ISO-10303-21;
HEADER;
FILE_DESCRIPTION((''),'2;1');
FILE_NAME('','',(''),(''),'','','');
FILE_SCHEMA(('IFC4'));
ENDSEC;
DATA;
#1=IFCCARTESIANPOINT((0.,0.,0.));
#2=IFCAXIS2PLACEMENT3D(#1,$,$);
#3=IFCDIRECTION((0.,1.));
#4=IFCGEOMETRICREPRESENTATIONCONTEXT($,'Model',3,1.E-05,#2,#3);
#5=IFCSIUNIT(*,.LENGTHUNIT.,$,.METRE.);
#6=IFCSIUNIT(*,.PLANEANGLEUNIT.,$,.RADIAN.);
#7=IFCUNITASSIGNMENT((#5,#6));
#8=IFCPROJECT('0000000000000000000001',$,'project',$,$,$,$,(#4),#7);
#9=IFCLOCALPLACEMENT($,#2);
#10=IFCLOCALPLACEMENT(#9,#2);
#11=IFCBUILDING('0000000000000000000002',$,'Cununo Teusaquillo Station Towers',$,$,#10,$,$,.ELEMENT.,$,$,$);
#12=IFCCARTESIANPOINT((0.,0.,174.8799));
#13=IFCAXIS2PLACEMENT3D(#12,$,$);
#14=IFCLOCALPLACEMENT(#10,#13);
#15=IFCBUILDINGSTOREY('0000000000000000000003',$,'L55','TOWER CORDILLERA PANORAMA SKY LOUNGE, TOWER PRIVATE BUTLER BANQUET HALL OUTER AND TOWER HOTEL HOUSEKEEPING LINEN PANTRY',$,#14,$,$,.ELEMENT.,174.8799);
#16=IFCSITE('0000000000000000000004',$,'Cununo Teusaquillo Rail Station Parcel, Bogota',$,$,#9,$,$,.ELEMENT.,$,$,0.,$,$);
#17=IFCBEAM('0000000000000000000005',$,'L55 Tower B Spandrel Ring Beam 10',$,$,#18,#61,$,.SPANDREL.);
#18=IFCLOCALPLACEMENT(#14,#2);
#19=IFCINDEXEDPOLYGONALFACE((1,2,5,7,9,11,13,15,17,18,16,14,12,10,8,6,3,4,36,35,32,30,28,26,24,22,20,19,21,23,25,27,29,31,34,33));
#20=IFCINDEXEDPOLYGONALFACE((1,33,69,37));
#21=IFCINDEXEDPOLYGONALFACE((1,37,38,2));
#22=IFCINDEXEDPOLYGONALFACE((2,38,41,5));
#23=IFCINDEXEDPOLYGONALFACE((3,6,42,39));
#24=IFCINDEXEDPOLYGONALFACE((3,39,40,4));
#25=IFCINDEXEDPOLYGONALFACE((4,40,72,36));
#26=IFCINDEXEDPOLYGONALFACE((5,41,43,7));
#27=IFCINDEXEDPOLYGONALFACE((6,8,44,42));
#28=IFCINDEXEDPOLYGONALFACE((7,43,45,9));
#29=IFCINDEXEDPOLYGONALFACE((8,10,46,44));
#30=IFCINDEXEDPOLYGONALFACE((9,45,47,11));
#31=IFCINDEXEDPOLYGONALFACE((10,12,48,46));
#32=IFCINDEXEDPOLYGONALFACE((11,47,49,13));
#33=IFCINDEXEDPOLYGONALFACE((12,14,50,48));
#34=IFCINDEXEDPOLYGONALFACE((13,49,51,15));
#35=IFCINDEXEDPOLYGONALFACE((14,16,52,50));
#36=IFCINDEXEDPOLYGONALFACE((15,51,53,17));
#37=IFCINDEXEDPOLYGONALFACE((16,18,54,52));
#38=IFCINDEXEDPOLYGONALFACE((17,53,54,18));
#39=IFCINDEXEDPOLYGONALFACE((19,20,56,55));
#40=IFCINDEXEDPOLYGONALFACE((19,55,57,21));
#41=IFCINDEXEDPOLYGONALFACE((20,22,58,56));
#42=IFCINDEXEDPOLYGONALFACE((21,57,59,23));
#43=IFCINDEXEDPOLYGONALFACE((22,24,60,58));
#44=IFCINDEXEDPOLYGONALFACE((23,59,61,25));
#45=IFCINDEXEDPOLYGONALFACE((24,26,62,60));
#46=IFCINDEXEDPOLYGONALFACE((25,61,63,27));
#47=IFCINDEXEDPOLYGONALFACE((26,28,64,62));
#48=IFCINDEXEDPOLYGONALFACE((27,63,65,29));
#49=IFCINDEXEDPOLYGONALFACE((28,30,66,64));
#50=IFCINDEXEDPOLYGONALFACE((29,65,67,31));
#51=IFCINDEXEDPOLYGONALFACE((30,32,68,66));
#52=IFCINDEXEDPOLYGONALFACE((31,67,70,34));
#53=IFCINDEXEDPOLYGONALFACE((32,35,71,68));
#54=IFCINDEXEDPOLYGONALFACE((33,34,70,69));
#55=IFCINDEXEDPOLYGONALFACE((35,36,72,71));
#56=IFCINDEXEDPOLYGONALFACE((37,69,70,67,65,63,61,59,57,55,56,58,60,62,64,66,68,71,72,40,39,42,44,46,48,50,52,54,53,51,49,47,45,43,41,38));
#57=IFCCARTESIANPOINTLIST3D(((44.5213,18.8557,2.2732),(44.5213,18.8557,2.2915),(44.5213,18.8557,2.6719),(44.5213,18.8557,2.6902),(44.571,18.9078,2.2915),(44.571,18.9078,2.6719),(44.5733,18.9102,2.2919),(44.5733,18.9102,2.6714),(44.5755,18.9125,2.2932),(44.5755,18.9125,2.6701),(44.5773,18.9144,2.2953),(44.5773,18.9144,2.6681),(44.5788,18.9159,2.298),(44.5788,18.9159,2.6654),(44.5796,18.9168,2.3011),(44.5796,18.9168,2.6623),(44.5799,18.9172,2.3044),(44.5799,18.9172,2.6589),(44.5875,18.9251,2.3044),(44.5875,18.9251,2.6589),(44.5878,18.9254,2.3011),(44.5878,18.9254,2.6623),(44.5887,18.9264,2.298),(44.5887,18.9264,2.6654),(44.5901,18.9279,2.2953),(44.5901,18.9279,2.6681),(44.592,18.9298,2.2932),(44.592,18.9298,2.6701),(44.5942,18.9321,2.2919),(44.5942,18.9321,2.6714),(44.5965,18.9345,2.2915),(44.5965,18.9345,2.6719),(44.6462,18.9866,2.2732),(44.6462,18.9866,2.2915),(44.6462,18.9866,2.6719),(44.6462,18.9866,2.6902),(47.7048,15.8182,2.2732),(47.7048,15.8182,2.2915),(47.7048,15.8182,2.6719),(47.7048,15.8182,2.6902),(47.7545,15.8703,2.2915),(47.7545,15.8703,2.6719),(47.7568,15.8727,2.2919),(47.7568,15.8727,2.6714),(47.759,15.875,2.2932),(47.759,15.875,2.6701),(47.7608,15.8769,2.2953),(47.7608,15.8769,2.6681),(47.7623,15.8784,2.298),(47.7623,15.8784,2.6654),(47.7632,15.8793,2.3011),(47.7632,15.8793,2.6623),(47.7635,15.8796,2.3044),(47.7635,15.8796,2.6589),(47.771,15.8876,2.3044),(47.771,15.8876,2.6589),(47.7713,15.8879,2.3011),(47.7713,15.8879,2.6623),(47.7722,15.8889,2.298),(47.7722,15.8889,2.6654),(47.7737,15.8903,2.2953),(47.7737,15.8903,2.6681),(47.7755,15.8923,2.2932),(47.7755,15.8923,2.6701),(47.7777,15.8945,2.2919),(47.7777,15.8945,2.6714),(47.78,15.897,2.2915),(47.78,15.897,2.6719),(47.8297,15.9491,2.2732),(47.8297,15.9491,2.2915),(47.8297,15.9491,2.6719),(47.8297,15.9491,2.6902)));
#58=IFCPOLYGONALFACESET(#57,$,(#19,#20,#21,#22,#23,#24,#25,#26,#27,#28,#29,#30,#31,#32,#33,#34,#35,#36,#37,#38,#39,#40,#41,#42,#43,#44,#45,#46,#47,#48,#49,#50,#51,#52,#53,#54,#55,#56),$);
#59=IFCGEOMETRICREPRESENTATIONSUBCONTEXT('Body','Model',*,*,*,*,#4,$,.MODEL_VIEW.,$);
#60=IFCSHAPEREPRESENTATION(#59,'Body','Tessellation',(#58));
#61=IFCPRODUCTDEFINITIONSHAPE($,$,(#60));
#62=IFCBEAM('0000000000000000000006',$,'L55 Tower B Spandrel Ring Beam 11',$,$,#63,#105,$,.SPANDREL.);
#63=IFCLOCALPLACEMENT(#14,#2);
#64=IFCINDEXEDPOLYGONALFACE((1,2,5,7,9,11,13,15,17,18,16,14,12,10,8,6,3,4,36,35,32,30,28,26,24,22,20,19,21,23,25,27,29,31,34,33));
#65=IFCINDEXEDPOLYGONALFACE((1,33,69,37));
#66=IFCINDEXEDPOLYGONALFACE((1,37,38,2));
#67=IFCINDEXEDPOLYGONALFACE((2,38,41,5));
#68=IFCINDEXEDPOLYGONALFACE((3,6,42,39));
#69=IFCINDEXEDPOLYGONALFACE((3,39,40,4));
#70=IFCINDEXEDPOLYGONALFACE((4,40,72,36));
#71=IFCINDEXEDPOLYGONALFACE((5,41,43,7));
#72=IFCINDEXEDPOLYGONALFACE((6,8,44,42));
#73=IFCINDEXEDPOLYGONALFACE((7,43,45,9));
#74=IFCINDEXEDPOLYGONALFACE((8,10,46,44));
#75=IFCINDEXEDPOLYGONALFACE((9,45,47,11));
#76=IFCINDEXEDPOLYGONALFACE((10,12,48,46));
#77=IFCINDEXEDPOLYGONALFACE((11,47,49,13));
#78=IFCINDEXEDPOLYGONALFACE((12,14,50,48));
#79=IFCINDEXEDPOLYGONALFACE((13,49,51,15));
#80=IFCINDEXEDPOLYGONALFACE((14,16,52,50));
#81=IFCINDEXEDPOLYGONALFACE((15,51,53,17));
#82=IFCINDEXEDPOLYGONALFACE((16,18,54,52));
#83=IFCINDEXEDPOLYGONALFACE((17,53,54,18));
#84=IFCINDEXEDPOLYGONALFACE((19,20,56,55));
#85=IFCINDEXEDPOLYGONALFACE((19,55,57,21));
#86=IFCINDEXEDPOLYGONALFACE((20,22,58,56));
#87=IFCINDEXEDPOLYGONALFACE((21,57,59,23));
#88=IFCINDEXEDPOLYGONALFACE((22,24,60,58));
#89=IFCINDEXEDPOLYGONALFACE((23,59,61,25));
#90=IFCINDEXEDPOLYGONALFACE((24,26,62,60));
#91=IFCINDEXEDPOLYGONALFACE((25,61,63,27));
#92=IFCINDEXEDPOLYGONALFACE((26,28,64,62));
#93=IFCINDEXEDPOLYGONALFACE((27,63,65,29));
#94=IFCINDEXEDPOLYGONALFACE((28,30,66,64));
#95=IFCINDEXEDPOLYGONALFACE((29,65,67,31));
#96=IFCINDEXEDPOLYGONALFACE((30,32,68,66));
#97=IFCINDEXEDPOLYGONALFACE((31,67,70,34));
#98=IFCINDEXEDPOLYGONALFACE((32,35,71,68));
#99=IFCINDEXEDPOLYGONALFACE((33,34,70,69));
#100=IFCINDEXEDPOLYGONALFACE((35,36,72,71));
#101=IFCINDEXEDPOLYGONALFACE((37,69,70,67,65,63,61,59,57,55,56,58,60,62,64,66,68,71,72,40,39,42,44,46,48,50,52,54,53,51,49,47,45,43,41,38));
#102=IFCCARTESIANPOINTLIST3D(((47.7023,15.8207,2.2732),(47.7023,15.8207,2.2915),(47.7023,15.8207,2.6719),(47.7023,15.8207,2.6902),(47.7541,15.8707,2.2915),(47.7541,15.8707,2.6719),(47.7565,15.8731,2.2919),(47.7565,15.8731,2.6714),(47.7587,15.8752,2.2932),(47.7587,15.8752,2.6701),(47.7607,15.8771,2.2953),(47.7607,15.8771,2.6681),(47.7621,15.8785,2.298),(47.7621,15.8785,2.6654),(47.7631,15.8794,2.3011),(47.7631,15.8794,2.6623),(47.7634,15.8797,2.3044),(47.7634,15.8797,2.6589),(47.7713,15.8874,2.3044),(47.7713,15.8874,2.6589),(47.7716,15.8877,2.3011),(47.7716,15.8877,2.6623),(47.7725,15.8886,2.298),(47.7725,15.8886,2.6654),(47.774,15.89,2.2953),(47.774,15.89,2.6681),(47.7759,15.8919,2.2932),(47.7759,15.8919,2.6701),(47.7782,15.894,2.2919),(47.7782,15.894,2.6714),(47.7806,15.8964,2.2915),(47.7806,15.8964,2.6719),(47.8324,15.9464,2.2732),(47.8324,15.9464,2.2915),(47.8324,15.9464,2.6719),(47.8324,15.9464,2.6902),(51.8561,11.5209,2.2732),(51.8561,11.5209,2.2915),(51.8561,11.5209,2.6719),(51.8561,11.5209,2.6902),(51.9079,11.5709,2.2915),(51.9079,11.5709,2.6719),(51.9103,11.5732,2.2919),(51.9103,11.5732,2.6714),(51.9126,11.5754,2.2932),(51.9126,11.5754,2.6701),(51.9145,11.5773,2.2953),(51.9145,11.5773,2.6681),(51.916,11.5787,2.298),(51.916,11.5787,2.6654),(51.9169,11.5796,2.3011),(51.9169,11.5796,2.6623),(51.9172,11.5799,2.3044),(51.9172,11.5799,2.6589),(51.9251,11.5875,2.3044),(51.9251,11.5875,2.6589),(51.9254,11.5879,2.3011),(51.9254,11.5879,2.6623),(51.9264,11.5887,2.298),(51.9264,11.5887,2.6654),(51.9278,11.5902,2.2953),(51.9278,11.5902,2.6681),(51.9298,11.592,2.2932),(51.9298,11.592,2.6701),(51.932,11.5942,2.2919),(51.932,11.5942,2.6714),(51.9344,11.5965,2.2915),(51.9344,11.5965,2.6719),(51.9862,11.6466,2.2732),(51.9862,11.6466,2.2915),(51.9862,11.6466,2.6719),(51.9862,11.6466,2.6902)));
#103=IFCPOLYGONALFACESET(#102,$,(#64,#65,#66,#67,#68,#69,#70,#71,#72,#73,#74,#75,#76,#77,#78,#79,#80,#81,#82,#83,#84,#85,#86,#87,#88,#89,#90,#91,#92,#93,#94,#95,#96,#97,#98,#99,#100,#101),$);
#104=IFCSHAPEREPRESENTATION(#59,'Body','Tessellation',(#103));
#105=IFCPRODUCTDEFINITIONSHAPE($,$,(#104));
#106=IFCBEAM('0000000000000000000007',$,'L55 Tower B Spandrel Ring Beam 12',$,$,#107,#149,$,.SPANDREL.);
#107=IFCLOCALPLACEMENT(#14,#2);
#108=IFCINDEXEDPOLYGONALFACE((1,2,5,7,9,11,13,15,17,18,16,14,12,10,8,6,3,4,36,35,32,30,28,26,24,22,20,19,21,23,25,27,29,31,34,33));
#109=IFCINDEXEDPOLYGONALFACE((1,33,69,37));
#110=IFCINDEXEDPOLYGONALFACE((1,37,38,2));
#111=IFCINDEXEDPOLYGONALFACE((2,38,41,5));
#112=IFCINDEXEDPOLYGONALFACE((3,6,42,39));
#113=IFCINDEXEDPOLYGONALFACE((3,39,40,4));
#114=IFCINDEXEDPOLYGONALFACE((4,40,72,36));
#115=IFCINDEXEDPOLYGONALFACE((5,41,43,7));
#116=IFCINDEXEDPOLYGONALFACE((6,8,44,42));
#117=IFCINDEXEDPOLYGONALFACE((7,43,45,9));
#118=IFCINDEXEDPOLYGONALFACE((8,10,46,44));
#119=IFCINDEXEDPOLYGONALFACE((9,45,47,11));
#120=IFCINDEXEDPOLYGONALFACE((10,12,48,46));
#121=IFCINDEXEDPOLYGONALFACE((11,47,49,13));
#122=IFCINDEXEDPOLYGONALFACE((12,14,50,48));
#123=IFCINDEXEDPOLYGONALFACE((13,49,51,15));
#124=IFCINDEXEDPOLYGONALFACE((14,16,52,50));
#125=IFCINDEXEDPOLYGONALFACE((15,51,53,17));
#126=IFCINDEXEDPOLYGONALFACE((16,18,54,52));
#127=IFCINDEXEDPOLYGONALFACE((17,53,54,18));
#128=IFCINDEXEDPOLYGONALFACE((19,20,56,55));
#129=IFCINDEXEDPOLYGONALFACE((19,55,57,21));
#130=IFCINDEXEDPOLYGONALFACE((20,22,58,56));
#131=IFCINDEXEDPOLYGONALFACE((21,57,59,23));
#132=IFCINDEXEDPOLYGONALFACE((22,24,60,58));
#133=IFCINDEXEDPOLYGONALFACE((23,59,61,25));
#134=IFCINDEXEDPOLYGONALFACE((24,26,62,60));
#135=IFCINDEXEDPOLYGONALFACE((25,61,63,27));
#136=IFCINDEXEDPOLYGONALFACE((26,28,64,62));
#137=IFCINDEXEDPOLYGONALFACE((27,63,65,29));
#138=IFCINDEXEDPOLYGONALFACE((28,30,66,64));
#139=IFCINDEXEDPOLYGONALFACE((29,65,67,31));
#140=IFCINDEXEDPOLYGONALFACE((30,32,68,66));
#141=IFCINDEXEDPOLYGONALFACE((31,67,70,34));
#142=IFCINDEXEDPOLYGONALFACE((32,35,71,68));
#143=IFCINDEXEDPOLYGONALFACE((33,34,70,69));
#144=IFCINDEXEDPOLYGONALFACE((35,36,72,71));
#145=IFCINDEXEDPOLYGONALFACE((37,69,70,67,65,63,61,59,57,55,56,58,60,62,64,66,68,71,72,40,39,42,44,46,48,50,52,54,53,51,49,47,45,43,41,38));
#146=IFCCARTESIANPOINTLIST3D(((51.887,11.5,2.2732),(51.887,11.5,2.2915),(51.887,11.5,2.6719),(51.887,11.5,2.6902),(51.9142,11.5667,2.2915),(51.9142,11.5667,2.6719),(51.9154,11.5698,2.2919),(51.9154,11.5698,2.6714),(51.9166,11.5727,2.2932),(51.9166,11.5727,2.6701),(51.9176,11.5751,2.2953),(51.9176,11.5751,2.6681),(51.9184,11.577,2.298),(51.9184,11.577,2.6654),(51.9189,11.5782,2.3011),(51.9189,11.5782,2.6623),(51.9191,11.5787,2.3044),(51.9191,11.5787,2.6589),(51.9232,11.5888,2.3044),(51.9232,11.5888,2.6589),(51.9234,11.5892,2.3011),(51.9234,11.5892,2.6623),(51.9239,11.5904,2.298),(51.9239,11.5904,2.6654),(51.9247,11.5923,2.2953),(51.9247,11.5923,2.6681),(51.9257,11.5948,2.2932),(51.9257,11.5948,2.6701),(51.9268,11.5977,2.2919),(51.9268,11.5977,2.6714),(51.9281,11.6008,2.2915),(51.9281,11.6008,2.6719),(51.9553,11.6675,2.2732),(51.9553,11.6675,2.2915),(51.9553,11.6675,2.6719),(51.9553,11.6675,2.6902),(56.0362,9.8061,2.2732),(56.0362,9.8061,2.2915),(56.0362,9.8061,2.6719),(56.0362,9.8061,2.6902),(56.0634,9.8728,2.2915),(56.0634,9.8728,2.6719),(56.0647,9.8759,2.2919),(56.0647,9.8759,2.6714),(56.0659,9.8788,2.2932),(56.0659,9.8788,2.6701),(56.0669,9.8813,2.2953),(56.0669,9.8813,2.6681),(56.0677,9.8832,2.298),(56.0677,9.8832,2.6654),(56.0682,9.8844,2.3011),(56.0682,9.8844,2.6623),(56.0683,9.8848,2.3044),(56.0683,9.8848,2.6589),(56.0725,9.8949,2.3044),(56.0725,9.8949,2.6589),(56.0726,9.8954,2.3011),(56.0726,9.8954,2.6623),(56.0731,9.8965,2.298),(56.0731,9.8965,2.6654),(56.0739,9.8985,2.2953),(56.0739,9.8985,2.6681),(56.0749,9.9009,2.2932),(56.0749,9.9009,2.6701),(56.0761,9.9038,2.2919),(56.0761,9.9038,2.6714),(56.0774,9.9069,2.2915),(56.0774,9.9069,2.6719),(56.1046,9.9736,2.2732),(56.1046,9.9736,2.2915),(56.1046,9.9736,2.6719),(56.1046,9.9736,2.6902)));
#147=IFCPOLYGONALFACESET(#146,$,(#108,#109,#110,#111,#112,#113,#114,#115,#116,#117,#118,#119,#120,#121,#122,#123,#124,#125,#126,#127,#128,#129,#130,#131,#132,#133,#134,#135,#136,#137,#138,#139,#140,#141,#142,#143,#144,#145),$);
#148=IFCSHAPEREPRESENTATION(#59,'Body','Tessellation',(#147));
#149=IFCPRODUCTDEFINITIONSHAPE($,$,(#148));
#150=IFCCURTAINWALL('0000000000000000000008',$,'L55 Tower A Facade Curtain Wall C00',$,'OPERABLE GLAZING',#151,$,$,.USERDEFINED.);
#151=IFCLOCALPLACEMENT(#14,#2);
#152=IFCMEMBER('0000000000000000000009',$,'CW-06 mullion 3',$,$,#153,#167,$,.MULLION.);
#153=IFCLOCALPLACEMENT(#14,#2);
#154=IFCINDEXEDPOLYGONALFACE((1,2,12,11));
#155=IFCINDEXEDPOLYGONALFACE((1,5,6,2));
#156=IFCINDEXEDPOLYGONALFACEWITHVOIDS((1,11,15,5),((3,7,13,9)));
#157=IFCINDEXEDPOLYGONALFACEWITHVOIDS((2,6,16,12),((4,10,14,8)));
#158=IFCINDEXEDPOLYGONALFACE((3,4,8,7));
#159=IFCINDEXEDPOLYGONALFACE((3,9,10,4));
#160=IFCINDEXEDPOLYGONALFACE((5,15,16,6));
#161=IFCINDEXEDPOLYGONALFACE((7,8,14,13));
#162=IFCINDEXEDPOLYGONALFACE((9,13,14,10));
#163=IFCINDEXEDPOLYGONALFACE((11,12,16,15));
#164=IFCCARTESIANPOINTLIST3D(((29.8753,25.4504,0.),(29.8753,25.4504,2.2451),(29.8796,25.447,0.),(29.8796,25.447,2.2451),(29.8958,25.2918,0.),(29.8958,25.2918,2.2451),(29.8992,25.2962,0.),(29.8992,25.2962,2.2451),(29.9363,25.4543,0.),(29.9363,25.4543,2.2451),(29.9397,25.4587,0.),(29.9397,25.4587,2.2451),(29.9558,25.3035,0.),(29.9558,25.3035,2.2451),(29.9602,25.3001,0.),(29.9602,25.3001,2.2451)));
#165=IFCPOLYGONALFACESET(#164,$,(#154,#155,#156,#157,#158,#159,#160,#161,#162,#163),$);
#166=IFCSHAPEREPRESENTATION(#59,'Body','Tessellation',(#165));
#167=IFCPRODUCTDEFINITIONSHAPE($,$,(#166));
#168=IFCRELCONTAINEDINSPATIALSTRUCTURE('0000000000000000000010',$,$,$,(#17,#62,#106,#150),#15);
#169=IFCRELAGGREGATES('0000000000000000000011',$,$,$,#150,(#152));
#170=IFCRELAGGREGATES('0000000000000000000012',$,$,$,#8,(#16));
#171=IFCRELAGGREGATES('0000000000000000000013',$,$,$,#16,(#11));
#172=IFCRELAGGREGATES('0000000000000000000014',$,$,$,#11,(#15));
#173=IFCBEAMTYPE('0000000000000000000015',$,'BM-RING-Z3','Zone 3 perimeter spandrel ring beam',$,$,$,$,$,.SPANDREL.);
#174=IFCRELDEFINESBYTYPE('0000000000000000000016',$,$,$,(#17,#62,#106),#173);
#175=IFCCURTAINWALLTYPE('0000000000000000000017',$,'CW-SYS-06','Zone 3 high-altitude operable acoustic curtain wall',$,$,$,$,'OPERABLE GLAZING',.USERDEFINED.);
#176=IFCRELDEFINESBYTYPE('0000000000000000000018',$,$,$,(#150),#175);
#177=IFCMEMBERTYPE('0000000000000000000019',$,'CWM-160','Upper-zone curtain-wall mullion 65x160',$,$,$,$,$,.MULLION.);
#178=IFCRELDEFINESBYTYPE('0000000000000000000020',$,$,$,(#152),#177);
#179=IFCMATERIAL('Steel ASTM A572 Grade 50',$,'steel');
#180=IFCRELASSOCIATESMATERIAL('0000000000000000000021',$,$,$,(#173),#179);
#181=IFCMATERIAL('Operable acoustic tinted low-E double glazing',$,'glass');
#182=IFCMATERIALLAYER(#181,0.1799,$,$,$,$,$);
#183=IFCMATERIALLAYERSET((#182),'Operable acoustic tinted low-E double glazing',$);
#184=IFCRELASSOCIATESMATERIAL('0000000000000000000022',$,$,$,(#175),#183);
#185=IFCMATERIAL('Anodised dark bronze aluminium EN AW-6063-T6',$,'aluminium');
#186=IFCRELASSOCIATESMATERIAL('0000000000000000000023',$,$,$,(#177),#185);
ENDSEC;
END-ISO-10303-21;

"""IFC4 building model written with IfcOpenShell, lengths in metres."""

from ifc_helpers import new_model, si_unit, direction, frame, origin, origin_2d, place, context, subcontext, project, spatial, hollow_rectangle, i_section, extrude, material, layer, layer_set, material_profile, profile_set, type_object, element, aggregate, save


model = new_model("IFC4")

# Units and contexts
model_context = context("Model", 3, precision=1e-05, world=origin(), true_north=direction((0.0, 1.0)))
body_context = subcontext(model_context, "Body", "Model", "MODEL_VIEW")
ifc_project = project(units=[si_unit("LENGTHUNIT", "METRE"), si_unit("PLANEANGLEUNIT", "RADIAN")], contexts=[model_context])

# Site, building, storey
site_placement = place(None, origin())
site = spatial("IfcSite", under=ifc_project, at=site_placement, Name="Cununo Teusaquillo Rail Station Parcel, Bogota", CompositionType="ELEMENT", RefElevation=0.0)
building_placement = place(site_placement, origin())
building = spatial("IfcBuilding", under=site, at=building_placement, Name="Cununo Teusaquillo Station Towers", CompositionType="ELEMENT")
storey_placement = place(building_placement, frame((0.0, 0.0, 174.8799)))
storey = spatial("IfcBuildingStorey", under=building, at=storey_placement, Name="L55", Description="TOWER CORDILLERA PANORAMA SKY LOUNGE, TOWER PRIVATE BUTLER BANQUET HALL OUTER AND TOWER HOTEL HOUSEKEEPING LINEN PANTRY", CompositionType="ELEMENT", Elevation=174.8799)

# Beams
ifc_material_1 = material(Name="Steel ASTM A572 Grade 50", Category="steel")
ifc_material_profile_1 = material_profile(ifc_material_1, i_section(OverallWidth=0.1809, OverallDepth=0.417, WebThickness=0.011, FlangeThickness=0.0183, FilletRadius=0.0129, at=origin_2d()), Name="W16X57")
ifc_profile_set_1 = profile_set([ifc_material_profile_1], Name="Steel ASTM A572 Grade 50")
beam_type_1 = type_object("IfcBeamType", Name="BM-RING-Z3", Description="Zone 3 perimeter spandrel ring beam", PredefinedType="SPANDREL", material=ifc_profile_set_1)
beam_1_placement = place(storey_placement, frame((44.5837, 18.9211, 2.4817), z_axis=(0.723502, -0.690323, 0.0), x_axis=(0.690323, 0.723502, 0.0)))
element("IfcBeam", 1, at=beam_1_placement, inside=storey, type_object=beam_type_1, Name="L55 Tower B Spandrel Ring Beam 10", PredefinedType="SPANDREL", context=body_context, shape_type="SweptSolid", body=[
    extrude(i_section(OverallWidth=0.1809, OverallDepth=0.417, WebThickness=0.011, FlangeThickness=0.0183, FilletRadius=0.0129, at=origin_2d()), origin(), (0.0, 0.0, 1.0), 4.4001),
])
beam_2_placement = place(storey_placement, frame((47.7673, 15.8835, 2.4817), z_axis=(0.694791, -0.719211, 0.0), x_axis=(0.719211, 0.694791, 0.0)))
element("IfcBeam", 2, at=beam_2_placement, inside=storey, type_object=beam_type_1, Name="L55 Tower B Spandrel Ring Beam 11", PredefinedType="SPANDREL", context=body_context, shape_type="SweptSolid", body=[
    extrude(i_section(OverallWidth=0.1809, OverallDepth=0.417, WebThickness=0.011, FlangeThickness=0.0183, FilletRadius=0.0129, at=origin_2d()), origin(), (0.0, 0.0, 1.0), 5.9785),
])
beam_3_placement = place(storey_placement, frame((51.9211, 11.5837, 2.4817), z_axis=(0.925824, -0.377956, 0.0), x_axis=(0.377956, 0.925824, 0.0)))
element("IfcBeam", 3, at=beam_3_placement, inside=storey, type_object=beam_type_1, Name="L55 Tower B Spandrel Ring Beam 12", PredefinedType="SPANDREL", context=body_context, shape_type="SweptSolid", body=[
    extrude(i_section(OverallWidth=0.1809, OverallDepth=0.417, WebThickness=0.011, FlangeThickness=0.0183, FilletRadius=0.0129, at=origin_2d()), origin(), (0.0, 0.0, 1.0), 4.4817),
])

# Curtain wall, member
ifc_material_2 = material(Name="Operable acoustic tinted low-E double glazing", Category="glass")
ifc_layer_1 = layer(ifc_material_2, 0.1799)
ifc_layer_set_1 = layer_set([ifc_layer_1], Name="Operable acoustic tinted low-E double glazing")
curtain_wall_type = type_object("IfcCurtainWallType", Name="CW-SYS-06", Description="Zone 3 high-altitude operable acoustic curtain wall", ElementType="OPERABLE GLAZING", PredefinedType="USERDEFINED", material=ifc_layer_set_1)
curtain_wall_placement = place(storey_placement, origin())
curtain_wall = element("IfcCurtainWall", 4, at=curtain_wall_placement, inside=storey, type_object=curtain_wall_type, Name="L55 Tower A Facade Curtain Wall C00", ObjectType="OPERABLE GLAZING", PredefinedType="USERDEFINED")
ifc_material_3 = material(Name="Anodised dark bronze aluminium EN AW-6063-T6", Category="aluminium")
ifc_material_profile_2 = material_profile(ifc_material_3, hollow_rectangle(XDim=0.0649, YDim=0.1599, WallThickness=0.0039, at=origin_2d()), Name="CW-MULL-65x160")
ifc_profile_set_2 = profile_set([ifc_material_profile_2], Name="Anodised dark bronze aluminium EN AW-6063-T6")
member_type_1 = type_object("IfcMemberType", Name="CWM-160", Description="Upper-zone curtain-wall mullion 65x160", PredefinedType="MULLION", material=ifc_profile_set_2)
member_1_placement = place(storey_placement, frame((29.9177, 25.3752, 0.0), z_axis=(0.0, 0.0, 1.0), x_axis=(0.991737, 0.128285, 0.0)))
member_1 = element("IfcMember", 5, at=member_1_placement, type_object=member_type_1, Name="CW-06 mullion 3", PredefinedType="MULLION", context=body_context, shape_type="SweptSolid", body=[
    extrude(hollow_rectangle(XDim=0.0649, YDim=0.1599, WallThickness=0.0039, at=origin_2d()), origin(), (0.0, 0.0, 1.0), 2.2451),
])
aggregate(curtain_wall, [member_1])

save(model, "model.ifc")
